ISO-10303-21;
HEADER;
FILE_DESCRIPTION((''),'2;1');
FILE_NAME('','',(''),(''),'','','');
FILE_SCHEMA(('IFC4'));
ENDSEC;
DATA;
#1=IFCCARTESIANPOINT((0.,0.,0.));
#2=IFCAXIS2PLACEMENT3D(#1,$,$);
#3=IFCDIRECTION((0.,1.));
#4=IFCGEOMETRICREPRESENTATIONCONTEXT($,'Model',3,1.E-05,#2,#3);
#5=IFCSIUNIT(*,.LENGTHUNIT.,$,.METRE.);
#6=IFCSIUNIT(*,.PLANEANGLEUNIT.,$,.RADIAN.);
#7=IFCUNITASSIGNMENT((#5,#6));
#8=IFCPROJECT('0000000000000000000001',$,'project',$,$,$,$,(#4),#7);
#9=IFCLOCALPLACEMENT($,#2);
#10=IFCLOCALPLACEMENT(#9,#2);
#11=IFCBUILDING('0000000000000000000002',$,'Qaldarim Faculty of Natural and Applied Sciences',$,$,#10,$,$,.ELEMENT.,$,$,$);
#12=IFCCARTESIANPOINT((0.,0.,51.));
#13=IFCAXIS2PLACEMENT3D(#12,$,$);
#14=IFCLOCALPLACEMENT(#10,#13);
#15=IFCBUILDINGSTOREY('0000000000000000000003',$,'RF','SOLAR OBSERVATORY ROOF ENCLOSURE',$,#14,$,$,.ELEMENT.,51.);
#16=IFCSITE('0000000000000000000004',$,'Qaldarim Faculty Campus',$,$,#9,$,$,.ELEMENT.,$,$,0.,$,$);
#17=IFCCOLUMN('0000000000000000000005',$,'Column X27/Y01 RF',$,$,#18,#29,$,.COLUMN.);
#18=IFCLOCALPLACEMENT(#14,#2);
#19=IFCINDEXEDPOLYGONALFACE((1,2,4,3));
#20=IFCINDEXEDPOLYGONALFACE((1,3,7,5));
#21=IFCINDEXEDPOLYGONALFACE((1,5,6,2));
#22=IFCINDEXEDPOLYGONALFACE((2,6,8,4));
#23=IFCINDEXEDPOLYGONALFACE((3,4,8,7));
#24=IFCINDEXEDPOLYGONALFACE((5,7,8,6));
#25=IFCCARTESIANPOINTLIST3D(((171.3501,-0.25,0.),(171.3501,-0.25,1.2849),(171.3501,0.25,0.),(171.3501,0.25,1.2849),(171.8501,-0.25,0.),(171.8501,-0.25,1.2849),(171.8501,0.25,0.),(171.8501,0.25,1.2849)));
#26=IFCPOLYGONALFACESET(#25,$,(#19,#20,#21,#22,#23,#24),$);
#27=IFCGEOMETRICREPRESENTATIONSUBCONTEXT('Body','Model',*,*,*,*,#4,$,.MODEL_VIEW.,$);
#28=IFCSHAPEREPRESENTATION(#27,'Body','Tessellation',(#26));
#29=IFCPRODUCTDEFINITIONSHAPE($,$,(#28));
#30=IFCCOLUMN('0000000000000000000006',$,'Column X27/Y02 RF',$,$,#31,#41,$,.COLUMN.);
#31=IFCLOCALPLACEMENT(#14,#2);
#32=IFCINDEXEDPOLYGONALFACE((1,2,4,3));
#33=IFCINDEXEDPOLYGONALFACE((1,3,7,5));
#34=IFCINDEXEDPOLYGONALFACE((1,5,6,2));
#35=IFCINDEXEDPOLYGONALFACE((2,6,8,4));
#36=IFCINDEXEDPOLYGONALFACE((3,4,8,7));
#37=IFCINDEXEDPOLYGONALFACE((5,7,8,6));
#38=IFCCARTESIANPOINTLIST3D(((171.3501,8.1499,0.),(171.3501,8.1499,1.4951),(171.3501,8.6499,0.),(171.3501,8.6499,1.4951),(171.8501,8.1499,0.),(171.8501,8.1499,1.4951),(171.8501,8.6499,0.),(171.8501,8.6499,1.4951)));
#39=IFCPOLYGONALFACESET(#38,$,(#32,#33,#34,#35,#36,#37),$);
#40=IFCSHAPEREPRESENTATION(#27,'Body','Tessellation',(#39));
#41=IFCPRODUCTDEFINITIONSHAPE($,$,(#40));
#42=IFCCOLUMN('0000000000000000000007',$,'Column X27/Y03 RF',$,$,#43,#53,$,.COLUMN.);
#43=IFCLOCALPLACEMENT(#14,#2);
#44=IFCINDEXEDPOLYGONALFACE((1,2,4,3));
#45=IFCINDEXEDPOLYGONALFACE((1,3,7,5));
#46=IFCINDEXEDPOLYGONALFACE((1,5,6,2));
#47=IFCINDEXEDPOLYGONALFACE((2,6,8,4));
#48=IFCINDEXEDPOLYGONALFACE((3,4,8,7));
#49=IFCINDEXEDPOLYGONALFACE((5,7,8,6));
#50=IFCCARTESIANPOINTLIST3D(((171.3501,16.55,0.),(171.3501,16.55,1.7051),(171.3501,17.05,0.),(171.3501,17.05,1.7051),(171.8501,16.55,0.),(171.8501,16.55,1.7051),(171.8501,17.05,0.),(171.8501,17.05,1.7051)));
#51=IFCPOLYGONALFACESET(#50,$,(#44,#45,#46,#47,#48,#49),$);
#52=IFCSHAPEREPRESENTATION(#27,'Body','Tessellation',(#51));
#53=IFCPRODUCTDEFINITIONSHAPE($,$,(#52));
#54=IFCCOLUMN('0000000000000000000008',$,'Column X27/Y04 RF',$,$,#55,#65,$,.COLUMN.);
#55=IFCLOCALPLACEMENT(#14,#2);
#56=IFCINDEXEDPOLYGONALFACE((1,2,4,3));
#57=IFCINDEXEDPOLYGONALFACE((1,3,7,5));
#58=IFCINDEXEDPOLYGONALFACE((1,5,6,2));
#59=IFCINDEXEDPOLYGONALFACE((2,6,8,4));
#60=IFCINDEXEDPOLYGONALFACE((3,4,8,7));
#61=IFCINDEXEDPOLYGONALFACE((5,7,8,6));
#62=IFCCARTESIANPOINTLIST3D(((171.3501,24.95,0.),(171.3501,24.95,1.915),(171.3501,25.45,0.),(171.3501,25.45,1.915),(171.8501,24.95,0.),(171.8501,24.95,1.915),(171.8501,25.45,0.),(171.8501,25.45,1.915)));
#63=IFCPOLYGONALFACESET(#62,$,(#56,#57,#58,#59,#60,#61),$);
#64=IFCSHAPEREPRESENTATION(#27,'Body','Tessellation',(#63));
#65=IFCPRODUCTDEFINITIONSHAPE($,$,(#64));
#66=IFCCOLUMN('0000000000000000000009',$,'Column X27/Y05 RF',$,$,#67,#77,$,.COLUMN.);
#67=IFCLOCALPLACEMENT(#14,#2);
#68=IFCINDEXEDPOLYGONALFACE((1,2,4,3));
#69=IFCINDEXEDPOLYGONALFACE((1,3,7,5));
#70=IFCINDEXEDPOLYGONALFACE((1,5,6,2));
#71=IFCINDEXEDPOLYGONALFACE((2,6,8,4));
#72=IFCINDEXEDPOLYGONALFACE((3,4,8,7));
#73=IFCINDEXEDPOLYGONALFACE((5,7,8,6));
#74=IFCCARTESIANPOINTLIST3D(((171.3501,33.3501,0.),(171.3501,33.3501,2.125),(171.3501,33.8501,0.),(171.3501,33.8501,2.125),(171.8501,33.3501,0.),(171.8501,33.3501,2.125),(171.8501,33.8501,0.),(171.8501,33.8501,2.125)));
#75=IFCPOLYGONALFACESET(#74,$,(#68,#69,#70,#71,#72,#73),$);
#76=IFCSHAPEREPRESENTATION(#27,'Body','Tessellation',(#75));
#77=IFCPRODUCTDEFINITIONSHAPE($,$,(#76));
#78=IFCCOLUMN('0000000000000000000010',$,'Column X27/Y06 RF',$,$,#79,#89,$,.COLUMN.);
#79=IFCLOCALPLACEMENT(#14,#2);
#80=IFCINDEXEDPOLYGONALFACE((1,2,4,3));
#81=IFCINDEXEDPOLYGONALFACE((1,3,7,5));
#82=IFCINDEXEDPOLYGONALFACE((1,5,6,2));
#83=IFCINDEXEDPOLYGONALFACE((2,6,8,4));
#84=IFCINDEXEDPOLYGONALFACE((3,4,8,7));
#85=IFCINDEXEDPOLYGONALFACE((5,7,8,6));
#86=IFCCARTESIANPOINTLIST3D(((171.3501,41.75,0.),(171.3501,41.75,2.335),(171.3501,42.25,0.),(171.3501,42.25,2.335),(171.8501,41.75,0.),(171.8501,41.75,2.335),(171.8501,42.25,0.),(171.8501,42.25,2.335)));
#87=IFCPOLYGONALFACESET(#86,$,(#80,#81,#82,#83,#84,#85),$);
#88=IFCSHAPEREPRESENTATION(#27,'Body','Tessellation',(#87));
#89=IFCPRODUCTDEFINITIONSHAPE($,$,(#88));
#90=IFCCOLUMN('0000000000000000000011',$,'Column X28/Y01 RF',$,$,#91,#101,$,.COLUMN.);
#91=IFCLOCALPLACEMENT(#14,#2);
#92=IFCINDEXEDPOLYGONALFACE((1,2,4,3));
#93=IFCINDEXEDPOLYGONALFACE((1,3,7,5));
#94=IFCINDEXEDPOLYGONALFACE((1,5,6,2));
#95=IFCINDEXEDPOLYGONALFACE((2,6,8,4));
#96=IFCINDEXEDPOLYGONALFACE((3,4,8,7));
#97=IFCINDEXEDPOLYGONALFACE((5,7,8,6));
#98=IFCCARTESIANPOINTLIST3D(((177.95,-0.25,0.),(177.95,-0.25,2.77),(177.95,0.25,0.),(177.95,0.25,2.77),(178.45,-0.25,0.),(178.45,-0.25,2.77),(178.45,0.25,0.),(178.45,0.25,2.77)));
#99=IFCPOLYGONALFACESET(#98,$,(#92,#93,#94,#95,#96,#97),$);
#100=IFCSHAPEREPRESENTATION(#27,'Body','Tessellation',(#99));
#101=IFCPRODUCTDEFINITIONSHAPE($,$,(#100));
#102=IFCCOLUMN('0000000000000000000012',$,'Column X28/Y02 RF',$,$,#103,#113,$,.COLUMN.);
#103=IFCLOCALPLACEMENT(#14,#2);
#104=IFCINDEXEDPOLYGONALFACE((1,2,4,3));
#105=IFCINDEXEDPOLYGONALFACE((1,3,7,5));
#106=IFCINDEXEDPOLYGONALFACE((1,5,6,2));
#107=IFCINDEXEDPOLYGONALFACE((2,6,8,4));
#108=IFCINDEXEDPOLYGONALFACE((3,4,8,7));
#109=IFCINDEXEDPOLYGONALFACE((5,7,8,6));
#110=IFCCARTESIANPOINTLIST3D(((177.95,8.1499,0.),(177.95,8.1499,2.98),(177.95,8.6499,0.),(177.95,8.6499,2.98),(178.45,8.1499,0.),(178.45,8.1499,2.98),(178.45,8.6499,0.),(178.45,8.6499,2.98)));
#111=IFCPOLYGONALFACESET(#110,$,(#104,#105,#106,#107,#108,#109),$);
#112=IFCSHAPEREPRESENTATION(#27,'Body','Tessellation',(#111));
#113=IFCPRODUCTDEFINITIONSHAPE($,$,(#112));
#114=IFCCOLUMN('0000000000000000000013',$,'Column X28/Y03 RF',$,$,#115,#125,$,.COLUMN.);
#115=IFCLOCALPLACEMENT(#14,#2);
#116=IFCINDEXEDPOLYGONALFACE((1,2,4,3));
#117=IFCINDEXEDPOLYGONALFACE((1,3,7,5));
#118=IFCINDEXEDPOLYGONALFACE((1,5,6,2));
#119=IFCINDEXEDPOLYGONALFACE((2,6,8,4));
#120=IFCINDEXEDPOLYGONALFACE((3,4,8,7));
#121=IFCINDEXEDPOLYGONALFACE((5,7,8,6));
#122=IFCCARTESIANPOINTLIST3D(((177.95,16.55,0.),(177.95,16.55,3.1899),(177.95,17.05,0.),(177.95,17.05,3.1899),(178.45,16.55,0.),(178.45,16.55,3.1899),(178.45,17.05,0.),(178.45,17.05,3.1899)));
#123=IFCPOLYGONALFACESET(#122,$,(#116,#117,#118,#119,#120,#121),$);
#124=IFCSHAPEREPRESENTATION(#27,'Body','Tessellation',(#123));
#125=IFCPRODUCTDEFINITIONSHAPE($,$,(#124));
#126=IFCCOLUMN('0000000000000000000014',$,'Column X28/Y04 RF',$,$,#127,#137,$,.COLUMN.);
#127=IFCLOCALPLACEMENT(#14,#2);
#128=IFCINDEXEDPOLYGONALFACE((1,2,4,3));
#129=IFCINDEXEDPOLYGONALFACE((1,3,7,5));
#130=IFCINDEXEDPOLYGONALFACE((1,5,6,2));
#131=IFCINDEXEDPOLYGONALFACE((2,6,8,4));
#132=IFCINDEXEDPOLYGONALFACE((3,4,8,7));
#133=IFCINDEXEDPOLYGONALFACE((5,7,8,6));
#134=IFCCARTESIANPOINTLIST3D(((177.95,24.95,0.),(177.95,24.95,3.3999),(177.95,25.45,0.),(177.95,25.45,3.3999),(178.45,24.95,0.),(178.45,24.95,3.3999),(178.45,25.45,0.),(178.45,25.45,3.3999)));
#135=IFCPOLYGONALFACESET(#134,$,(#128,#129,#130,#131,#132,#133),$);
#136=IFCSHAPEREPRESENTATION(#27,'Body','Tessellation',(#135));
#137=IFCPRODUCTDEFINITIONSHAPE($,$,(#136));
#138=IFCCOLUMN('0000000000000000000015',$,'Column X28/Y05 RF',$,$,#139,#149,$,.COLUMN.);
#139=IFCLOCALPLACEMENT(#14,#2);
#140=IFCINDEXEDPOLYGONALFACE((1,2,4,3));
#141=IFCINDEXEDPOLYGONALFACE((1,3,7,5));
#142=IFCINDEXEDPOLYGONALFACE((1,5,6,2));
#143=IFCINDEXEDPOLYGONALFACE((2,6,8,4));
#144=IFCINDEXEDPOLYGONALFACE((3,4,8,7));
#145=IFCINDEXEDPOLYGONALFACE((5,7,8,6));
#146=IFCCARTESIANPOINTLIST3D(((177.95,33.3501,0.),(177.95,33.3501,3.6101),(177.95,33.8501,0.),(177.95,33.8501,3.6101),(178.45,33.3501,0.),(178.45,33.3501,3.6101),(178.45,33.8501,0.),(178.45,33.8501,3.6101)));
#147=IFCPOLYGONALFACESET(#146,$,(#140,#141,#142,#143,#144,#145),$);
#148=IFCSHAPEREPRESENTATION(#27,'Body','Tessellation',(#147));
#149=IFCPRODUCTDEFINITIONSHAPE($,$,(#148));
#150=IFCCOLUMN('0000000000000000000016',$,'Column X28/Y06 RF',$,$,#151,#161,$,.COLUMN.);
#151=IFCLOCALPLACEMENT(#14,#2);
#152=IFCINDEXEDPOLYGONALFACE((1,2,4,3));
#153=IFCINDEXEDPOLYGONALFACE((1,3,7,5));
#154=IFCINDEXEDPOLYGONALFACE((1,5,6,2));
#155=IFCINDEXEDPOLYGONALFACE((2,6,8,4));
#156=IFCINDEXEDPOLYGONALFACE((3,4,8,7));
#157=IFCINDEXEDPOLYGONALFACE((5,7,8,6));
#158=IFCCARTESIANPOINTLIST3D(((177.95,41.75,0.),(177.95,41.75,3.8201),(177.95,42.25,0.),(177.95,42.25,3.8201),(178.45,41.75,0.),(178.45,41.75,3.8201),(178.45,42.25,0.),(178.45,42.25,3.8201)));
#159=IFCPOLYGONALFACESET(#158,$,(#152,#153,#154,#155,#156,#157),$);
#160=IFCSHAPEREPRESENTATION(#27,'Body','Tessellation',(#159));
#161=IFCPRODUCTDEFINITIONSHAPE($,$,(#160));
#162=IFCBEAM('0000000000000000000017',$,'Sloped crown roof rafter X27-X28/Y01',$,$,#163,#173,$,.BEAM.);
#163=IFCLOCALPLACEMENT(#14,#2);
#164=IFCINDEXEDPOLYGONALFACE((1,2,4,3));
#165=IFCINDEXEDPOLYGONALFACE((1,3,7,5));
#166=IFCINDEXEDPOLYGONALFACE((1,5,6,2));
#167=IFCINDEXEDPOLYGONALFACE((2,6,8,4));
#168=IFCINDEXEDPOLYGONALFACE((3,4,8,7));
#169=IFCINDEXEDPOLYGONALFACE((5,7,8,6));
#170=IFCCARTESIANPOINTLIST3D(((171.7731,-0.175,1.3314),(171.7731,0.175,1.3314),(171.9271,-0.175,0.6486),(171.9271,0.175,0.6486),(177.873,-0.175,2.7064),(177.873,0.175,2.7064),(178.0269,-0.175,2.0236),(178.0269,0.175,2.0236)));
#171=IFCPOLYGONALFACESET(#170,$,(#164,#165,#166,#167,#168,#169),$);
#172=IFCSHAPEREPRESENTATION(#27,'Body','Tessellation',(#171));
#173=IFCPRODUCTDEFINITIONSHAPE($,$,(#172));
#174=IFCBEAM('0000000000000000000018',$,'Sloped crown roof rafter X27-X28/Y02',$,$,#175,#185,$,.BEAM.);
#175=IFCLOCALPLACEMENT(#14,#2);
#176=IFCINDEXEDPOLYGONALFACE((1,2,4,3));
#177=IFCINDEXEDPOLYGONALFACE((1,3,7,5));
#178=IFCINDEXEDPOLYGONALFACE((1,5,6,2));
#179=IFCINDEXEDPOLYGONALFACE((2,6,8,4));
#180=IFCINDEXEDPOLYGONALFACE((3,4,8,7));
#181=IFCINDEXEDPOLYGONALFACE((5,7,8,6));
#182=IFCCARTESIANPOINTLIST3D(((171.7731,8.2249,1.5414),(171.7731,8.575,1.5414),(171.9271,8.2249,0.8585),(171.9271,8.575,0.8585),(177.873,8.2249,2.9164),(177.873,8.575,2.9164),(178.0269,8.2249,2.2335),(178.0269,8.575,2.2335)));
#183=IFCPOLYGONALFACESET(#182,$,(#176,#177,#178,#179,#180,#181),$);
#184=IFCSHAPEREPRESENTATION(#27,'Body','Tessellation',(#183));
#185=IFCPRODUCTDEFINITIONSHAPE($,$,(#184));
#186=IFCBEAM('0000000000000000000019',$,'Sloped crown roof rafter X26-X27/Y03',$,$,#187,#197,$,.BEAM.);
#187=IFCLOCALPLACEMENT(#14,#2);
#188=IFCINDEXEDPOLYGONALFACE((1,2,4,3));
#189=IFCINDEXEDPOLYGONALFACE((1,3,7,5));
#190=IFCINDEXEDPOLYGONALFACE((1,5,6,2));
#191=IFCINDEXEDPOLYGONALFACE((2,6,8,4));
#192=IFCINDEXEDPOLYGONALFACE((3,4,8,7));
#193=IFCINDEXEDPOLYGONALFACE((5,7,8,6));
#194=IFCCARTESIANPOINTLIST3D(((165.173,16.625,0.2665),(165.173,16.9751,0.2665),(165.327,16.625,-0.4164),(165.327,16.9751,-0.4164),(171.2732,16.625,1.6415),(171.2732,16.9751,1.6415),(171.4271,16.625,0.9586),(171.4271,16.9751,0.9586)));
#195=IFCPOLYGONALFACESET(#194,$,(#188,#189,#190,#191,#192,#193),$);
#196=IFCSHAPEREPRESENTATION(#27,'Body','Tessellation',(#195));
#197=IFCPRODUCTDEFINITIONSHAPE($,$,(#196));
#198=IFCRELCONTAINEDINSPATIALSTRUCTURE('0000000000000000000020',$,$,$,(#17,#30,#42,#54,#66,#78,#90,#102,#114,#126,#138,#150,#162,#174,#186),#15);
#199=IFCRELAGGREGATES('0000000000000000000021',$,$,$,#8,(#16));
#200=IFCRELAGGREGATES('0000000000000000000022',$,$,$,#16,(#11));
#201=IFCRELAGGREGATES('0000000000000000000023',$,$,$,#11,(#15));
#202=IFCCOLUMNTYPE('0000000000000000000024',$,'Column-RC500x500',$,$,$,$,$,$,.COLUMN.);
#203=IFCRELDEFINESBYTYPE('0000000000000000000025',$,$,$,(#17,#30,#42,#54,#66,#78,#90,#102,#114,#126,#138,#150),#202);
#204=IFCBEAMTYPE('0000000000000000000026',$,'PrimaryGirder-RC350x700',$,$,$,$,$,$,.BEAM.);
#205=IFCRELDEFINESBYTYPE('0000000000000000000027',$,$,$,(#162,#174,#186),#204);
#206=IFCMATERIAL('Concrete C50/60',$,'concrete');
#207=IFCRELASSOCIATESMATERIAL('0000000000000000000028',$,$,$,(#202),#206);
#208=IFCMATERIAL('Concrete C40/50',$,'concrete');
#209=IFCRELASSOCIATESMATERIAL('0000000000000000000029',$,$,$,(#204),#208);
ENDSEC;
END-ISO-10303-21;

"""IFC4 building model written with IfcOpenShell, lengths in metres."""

from ifc_helpers import new_model, si_unit, direction, frame, origin, origin_2d, place, context, subcontext, project, spatial, rectangle, extrude, material, material_profile, profile_set, type_object, element, save


model = new_model("IFC4")

# Units and contexts
model_context = context("Model", 3, precision=1e-05, world=origin(), true_north=direction((0.0, 1.0)))
body_context = subcontext(model_context, "Body", "Model", "MODEL_VIEW")
ifc_project = project(units=[si_unit("LENGTHUNIT", "METRE"), si_unit("PLANEANGLEUNIT", "RADIAN")], contexts=[model_context])

# Site, building, storey
site_placement = place(None, origin())
site = spatial("IfcSite", under=ifc_project, at=site_placement, Name="Qaldarim Faculty Campus", CompositionType="ELEMENT", RefElevation=0.0)
building_placement = place(site_placement, origin())
building = spatial("IfcBuilding", under=site, at=building_placement, Name="Qaldarim Faculty of Natural and Applied Sciences", CompositionType="ELEMENT")
storey_placement = place(building_placement, frame((0.0, 0.0, 51.0)))
storey = spatial("IfcBuildingStorey", under=building, at=storey_placement, Name="RF", Description="SOLAR OBSERVATORY ROOF ENCLOSURE", CompositionType="ELEMENT", Elevation=51.0)

# Columns
ifc_material_1 = material(Name="Concrete C50/60", Category="concrete")
ifc_material_profile_1 = material_profile(ifc_material_1, rectangle(XDim=0.5, YDim=0.5, at=origin_2d()), Name="RC-C500x500")
ifc_profile_set_1 = profile_set([ifc_material_profile_1], Name="Concrete C50/60")
column_type = type_object("IfcColumnType", Name="Column-RC500x500", PredefinedType="COLUMN", material=ifc_profile_set_1)
column_1_placement = place(storey_placement, frame((171.6001, 0.0, 0.0), z_axis=(0.0, 0.0, 1.0), x_axis=(1.0, 0.0, 0.0)))
element("IfcColumn", 1, at=column_1_placement, inside=storey, type_object=column_type, Name="Column X27/Y01 RF", PredefinedType="COLUMN", context=body_context, shape_type="SweptSolid", body=[
    extrude(rectangle(XDim=0.5, YDim=0.5, at=origin_2d()), origin(), (0.0, 0.0, 1.0), 1.2849),
])
column_2_placement = place(storey_placement, frame((171.6001, 8.3999, 0.0), z_axis=(0.0, 0.0, 1.0), x_axis=(1.0, 0.0, 0.0)))
element("IfcColumn", 2, at=column_2_placement, inside=storey, type_object=column_type, Name="Column X27/Y02 RF", PredefinedType="COLUMN", context=body_context, shape_type="SweptSolid", body=[
    extrude(rectangle(XDim=0.5, YDim=0.5, at=origin_2d()), origin(), (0.0, 0.0, 1.0), 1.4951),
])
column_3_placement = place(storey_placement, frame((171.6001, 16.8, 0.0), z_axis=(0.0, 0.0, 1.0), x_axis=(1.0, 0.0, 0.0)))
element("IfcColumn", 3, at=column_3_placement, inside=storey, type_object=column_type, Name="Column X27/Y03 RF", PredefinedType="COLUMN", context=body_context, shape_type="SweptSolid", body=[
    extrude(rectangle(XDim=0.5, YDim=0.5, at=origin_2d()), origin(), (0.0, 0.0, 1.0), 1.7051),
])
column_4_placement = place(storey_placement, frame((171.6001, 25.2, 0.0), z_axis=(0.0, 0.0, 1.0), x_axis=(1.0, 0.0, 0.0)))
element("IfcColumn", 4, at=column_4_placement, inside=storey, type_object=column_type, Name="Column X27/Y04 RF", PredefinedType="COLUMN", context=body_context, shape_type="SweptSolid", body=[
    extrude(rectangle(XDim=0.5, YDim=0.5, at=origin_2d()), origin(), (0.0, 0.0, 1.0), 1.915),
])
column_5_placement = place(storey_placement, frame((171.6001, 33.6001, 0.0), z_axis=(0.0, 0.0, 1.0), x_axis=(1.0, 0.0, 0.0)))
element("IfcColumn", 5, at=column_5_placement, inside=storey, type_object=column_type, Name="Column X27/Y05 RF", PredefinedType="COLUMN", context=body_context, shape_type="SweptSolid", body=[
    extrude(rectangle(XDim=0.5, YDim=0.5, at=origin_2d()), origin(), (0.0, 0.0, 1.0), 2.125),
])
column_6_placement = place(storey_placement, frame((171.6001, 42.0, 0.0), z_axis=(0.0, 0.0, 1.0), x_axis=(1.0, 0.0, 0.0)))
element("IfcColumn", 6, at=column_6_placement, inside=storey, type_object=column_type, Name="Column X27/Y06 RF", PredefinedType="COLUMN", context=body_context, shape_type="SweptSolid", body=[
    extrude(rectangle(XDim=0.5, YDim=0.5, at=origin_2d()), origin(), (0.0, 0.0, 1.0), 2.335),
])
column_7_placement = place(storey_placement, frame((178.2, 0.0, 0.0), z_axis=(0.0, 0.0, 1.0), x_axis=(1.0, 0.0, 0.0)))
element("IfcColumn", 7, at=column_7_placement, inside=storey, type_object=column_type, Name="Column X28/Y01 RF", PredefinedType="COLUMN", context=body_context, shape_type="SweptSolid", body=[
    extrude(rectangle(XDim=0.5, YDim=0.5, at=origin_2d()), origin(), (0.0, 0.0, 1.0), 2.77),
])
column_8_placement = place(storey_placement, frame((178.2, 8.3999, 0.0), z_axis=(0.0, 0.0, 1.0), x_axis=(1.0, 0.0, 0.0)))
element("IfcColumn", 8, at=column_8_placement, inside=storey, type_object=column_type, Name="Column X28/Y02 RF", PredefinedType="COLUMN", context=body_context, shape_type="SweptSolid", body=[
    extrude(rectangle(XDim=0.5, YDim=0.5, at=origin_2d()), origin(), (0.0, 0.0, 1.0), 2.98),
])
column_9_placement = place(storey_placement, frame((178.2, 16.8, 0.0), z_axis=(0.0, 0.0, 1.0), x_axis=(1.0, 0.0, 0.0)))
element("IfcColumn", 9, at=column_9_placement, inside=storey, type_object=column_type, Name="Column X28/Y03 RF", PredefinedType="COLUMN", context=body_context, shape_type="SweptSolid", body=[
    extrude(rectangle(XDim=0.5, YDim=0.5, at=origin_2d()), origin(), (0.0, 0.0, 1.0), 3.1899),
])
column_10_placement = place(storey_placement, frame((178.2, 25.2, 0.0), z_axis=(0.0, 0.0, 1.0), x_axis=(1.0, 0.0, 0.0)))
element("IfcColumn", 10, at=column_10_placement, inside=storey, type_object=column_type, Name="Column X28/Y04 RF", PredefinedType="COLUMN", context=body_context, shape_type="SweptSolid", body=[
    extrude(rectangle(XDim=0.5, YDim=0.5, at=origin_2d()), origin(), (0.0, 0.0, 1.0), 3.3999),
])
column_11_placement = place(storey_placement, frame((178.2, 33.6001, 0.0), z_axis=(0.0, 0.0, 1.0), x_axis=(1.0, 0.0, 0.0)))
element("IfcColumn", 11, at=column_11_placement, inside=storey, type_object=column_type, Name="Column X28/Y05 RF", PredefinedType="COLUMN", context=body_context, shape_type="SweptSolid", body=[
    extrude(rectangle(XDim=0.5, YDim=0.5, at=origin_2d()), origin(), (0.0, 0.0, 1.0), 3.6101),
])
column_12_placement = place(storey_placement, frame((178.2, 42.0, 0.0), z_axis=(0.0, 0.0, 1.0), x_axis=(1.0, 0.0, 0.0)))
element("IfcColumn", 12, at=column_12_placement, inside=storey, type_object=column_type, Name="Column X28/Y06 RF", PredefinedType="COLUMN", context=body_context, shape_type="SweptSolid", body=[
    extrude(rectangle(XDim=0.5, YDim=0.5, at=origin_2d()), origin(), (0.0, 0.0, 1.0), 3.8201),
])

# Beams
ifc_material_2 = material(Name="Concrete C40/50", Category="concrete")
ifc_material_profile_2 = material_profile(ifc_material_2, rectangle(XDim=0.3501, YDim=0.7, at=origin_2d()), Name="RC-B350x700")
ifc_profile_set_2 = profile_set([ifc_material_profile_2], Name="Concrete C40/50")
beam_type = type_object("IfcBeamType", Name="PrimaryGirder-RC350x700", PredefinedType="BEAM", material=ifc_profile_set_2)
for number, where, z_axis, x_axis, name in (
    (13, (171.8501, 0.0, 0.99), (0.975523, 0.0, 0.219898), (0.0, 1.0, 0.0), "Sloped crown roof rafter X27-X28/Y01"),
    (14, (171.8501, 8.3999, 1.2), (0.975523, 0.0, 0.219898), (0.0, 1.0, 0.0), "Sloped crown roof rafter X27-X28/Y02"),
):
    element("IfcBeam", number, at=place(storey_placement, frame(where, z_axis=z_axis, x_axis=x_axis)), inside=storey, type_object=beam_type, Name=name, PredefinedType="BEAM", context=body_context, shape_type="SweptSolid", body=[
        extrude(rectangle(XDim=0.3501, YDim=0.7, at=origin_2d()), origin(), (0.0, 0.0, 1.0), 6.2529),
    ])
beam_1_placement = place(storey_placement, frame((165.25, 16.8, -0.075), z_axis=(0.975525, 0.0, 0.219889), x_axis=(0.0, 1.0, 0.0)))
element("IfcBeam", 15, at=beam_1_placement, inside=storey, type_object=beam_type, Name="Sloped crown roof rafter X26-X27/Y03", PredefinedType="BEAM", context=body_context, shape_type="SweptSolid", body=[
    extrude(rectangle(XDim=0.3501, YDim=0.7, at=origin_2d()), origin(), (0.0, 0.0, 1.0), 6.2532),
])

save(model, "model.ifc")
